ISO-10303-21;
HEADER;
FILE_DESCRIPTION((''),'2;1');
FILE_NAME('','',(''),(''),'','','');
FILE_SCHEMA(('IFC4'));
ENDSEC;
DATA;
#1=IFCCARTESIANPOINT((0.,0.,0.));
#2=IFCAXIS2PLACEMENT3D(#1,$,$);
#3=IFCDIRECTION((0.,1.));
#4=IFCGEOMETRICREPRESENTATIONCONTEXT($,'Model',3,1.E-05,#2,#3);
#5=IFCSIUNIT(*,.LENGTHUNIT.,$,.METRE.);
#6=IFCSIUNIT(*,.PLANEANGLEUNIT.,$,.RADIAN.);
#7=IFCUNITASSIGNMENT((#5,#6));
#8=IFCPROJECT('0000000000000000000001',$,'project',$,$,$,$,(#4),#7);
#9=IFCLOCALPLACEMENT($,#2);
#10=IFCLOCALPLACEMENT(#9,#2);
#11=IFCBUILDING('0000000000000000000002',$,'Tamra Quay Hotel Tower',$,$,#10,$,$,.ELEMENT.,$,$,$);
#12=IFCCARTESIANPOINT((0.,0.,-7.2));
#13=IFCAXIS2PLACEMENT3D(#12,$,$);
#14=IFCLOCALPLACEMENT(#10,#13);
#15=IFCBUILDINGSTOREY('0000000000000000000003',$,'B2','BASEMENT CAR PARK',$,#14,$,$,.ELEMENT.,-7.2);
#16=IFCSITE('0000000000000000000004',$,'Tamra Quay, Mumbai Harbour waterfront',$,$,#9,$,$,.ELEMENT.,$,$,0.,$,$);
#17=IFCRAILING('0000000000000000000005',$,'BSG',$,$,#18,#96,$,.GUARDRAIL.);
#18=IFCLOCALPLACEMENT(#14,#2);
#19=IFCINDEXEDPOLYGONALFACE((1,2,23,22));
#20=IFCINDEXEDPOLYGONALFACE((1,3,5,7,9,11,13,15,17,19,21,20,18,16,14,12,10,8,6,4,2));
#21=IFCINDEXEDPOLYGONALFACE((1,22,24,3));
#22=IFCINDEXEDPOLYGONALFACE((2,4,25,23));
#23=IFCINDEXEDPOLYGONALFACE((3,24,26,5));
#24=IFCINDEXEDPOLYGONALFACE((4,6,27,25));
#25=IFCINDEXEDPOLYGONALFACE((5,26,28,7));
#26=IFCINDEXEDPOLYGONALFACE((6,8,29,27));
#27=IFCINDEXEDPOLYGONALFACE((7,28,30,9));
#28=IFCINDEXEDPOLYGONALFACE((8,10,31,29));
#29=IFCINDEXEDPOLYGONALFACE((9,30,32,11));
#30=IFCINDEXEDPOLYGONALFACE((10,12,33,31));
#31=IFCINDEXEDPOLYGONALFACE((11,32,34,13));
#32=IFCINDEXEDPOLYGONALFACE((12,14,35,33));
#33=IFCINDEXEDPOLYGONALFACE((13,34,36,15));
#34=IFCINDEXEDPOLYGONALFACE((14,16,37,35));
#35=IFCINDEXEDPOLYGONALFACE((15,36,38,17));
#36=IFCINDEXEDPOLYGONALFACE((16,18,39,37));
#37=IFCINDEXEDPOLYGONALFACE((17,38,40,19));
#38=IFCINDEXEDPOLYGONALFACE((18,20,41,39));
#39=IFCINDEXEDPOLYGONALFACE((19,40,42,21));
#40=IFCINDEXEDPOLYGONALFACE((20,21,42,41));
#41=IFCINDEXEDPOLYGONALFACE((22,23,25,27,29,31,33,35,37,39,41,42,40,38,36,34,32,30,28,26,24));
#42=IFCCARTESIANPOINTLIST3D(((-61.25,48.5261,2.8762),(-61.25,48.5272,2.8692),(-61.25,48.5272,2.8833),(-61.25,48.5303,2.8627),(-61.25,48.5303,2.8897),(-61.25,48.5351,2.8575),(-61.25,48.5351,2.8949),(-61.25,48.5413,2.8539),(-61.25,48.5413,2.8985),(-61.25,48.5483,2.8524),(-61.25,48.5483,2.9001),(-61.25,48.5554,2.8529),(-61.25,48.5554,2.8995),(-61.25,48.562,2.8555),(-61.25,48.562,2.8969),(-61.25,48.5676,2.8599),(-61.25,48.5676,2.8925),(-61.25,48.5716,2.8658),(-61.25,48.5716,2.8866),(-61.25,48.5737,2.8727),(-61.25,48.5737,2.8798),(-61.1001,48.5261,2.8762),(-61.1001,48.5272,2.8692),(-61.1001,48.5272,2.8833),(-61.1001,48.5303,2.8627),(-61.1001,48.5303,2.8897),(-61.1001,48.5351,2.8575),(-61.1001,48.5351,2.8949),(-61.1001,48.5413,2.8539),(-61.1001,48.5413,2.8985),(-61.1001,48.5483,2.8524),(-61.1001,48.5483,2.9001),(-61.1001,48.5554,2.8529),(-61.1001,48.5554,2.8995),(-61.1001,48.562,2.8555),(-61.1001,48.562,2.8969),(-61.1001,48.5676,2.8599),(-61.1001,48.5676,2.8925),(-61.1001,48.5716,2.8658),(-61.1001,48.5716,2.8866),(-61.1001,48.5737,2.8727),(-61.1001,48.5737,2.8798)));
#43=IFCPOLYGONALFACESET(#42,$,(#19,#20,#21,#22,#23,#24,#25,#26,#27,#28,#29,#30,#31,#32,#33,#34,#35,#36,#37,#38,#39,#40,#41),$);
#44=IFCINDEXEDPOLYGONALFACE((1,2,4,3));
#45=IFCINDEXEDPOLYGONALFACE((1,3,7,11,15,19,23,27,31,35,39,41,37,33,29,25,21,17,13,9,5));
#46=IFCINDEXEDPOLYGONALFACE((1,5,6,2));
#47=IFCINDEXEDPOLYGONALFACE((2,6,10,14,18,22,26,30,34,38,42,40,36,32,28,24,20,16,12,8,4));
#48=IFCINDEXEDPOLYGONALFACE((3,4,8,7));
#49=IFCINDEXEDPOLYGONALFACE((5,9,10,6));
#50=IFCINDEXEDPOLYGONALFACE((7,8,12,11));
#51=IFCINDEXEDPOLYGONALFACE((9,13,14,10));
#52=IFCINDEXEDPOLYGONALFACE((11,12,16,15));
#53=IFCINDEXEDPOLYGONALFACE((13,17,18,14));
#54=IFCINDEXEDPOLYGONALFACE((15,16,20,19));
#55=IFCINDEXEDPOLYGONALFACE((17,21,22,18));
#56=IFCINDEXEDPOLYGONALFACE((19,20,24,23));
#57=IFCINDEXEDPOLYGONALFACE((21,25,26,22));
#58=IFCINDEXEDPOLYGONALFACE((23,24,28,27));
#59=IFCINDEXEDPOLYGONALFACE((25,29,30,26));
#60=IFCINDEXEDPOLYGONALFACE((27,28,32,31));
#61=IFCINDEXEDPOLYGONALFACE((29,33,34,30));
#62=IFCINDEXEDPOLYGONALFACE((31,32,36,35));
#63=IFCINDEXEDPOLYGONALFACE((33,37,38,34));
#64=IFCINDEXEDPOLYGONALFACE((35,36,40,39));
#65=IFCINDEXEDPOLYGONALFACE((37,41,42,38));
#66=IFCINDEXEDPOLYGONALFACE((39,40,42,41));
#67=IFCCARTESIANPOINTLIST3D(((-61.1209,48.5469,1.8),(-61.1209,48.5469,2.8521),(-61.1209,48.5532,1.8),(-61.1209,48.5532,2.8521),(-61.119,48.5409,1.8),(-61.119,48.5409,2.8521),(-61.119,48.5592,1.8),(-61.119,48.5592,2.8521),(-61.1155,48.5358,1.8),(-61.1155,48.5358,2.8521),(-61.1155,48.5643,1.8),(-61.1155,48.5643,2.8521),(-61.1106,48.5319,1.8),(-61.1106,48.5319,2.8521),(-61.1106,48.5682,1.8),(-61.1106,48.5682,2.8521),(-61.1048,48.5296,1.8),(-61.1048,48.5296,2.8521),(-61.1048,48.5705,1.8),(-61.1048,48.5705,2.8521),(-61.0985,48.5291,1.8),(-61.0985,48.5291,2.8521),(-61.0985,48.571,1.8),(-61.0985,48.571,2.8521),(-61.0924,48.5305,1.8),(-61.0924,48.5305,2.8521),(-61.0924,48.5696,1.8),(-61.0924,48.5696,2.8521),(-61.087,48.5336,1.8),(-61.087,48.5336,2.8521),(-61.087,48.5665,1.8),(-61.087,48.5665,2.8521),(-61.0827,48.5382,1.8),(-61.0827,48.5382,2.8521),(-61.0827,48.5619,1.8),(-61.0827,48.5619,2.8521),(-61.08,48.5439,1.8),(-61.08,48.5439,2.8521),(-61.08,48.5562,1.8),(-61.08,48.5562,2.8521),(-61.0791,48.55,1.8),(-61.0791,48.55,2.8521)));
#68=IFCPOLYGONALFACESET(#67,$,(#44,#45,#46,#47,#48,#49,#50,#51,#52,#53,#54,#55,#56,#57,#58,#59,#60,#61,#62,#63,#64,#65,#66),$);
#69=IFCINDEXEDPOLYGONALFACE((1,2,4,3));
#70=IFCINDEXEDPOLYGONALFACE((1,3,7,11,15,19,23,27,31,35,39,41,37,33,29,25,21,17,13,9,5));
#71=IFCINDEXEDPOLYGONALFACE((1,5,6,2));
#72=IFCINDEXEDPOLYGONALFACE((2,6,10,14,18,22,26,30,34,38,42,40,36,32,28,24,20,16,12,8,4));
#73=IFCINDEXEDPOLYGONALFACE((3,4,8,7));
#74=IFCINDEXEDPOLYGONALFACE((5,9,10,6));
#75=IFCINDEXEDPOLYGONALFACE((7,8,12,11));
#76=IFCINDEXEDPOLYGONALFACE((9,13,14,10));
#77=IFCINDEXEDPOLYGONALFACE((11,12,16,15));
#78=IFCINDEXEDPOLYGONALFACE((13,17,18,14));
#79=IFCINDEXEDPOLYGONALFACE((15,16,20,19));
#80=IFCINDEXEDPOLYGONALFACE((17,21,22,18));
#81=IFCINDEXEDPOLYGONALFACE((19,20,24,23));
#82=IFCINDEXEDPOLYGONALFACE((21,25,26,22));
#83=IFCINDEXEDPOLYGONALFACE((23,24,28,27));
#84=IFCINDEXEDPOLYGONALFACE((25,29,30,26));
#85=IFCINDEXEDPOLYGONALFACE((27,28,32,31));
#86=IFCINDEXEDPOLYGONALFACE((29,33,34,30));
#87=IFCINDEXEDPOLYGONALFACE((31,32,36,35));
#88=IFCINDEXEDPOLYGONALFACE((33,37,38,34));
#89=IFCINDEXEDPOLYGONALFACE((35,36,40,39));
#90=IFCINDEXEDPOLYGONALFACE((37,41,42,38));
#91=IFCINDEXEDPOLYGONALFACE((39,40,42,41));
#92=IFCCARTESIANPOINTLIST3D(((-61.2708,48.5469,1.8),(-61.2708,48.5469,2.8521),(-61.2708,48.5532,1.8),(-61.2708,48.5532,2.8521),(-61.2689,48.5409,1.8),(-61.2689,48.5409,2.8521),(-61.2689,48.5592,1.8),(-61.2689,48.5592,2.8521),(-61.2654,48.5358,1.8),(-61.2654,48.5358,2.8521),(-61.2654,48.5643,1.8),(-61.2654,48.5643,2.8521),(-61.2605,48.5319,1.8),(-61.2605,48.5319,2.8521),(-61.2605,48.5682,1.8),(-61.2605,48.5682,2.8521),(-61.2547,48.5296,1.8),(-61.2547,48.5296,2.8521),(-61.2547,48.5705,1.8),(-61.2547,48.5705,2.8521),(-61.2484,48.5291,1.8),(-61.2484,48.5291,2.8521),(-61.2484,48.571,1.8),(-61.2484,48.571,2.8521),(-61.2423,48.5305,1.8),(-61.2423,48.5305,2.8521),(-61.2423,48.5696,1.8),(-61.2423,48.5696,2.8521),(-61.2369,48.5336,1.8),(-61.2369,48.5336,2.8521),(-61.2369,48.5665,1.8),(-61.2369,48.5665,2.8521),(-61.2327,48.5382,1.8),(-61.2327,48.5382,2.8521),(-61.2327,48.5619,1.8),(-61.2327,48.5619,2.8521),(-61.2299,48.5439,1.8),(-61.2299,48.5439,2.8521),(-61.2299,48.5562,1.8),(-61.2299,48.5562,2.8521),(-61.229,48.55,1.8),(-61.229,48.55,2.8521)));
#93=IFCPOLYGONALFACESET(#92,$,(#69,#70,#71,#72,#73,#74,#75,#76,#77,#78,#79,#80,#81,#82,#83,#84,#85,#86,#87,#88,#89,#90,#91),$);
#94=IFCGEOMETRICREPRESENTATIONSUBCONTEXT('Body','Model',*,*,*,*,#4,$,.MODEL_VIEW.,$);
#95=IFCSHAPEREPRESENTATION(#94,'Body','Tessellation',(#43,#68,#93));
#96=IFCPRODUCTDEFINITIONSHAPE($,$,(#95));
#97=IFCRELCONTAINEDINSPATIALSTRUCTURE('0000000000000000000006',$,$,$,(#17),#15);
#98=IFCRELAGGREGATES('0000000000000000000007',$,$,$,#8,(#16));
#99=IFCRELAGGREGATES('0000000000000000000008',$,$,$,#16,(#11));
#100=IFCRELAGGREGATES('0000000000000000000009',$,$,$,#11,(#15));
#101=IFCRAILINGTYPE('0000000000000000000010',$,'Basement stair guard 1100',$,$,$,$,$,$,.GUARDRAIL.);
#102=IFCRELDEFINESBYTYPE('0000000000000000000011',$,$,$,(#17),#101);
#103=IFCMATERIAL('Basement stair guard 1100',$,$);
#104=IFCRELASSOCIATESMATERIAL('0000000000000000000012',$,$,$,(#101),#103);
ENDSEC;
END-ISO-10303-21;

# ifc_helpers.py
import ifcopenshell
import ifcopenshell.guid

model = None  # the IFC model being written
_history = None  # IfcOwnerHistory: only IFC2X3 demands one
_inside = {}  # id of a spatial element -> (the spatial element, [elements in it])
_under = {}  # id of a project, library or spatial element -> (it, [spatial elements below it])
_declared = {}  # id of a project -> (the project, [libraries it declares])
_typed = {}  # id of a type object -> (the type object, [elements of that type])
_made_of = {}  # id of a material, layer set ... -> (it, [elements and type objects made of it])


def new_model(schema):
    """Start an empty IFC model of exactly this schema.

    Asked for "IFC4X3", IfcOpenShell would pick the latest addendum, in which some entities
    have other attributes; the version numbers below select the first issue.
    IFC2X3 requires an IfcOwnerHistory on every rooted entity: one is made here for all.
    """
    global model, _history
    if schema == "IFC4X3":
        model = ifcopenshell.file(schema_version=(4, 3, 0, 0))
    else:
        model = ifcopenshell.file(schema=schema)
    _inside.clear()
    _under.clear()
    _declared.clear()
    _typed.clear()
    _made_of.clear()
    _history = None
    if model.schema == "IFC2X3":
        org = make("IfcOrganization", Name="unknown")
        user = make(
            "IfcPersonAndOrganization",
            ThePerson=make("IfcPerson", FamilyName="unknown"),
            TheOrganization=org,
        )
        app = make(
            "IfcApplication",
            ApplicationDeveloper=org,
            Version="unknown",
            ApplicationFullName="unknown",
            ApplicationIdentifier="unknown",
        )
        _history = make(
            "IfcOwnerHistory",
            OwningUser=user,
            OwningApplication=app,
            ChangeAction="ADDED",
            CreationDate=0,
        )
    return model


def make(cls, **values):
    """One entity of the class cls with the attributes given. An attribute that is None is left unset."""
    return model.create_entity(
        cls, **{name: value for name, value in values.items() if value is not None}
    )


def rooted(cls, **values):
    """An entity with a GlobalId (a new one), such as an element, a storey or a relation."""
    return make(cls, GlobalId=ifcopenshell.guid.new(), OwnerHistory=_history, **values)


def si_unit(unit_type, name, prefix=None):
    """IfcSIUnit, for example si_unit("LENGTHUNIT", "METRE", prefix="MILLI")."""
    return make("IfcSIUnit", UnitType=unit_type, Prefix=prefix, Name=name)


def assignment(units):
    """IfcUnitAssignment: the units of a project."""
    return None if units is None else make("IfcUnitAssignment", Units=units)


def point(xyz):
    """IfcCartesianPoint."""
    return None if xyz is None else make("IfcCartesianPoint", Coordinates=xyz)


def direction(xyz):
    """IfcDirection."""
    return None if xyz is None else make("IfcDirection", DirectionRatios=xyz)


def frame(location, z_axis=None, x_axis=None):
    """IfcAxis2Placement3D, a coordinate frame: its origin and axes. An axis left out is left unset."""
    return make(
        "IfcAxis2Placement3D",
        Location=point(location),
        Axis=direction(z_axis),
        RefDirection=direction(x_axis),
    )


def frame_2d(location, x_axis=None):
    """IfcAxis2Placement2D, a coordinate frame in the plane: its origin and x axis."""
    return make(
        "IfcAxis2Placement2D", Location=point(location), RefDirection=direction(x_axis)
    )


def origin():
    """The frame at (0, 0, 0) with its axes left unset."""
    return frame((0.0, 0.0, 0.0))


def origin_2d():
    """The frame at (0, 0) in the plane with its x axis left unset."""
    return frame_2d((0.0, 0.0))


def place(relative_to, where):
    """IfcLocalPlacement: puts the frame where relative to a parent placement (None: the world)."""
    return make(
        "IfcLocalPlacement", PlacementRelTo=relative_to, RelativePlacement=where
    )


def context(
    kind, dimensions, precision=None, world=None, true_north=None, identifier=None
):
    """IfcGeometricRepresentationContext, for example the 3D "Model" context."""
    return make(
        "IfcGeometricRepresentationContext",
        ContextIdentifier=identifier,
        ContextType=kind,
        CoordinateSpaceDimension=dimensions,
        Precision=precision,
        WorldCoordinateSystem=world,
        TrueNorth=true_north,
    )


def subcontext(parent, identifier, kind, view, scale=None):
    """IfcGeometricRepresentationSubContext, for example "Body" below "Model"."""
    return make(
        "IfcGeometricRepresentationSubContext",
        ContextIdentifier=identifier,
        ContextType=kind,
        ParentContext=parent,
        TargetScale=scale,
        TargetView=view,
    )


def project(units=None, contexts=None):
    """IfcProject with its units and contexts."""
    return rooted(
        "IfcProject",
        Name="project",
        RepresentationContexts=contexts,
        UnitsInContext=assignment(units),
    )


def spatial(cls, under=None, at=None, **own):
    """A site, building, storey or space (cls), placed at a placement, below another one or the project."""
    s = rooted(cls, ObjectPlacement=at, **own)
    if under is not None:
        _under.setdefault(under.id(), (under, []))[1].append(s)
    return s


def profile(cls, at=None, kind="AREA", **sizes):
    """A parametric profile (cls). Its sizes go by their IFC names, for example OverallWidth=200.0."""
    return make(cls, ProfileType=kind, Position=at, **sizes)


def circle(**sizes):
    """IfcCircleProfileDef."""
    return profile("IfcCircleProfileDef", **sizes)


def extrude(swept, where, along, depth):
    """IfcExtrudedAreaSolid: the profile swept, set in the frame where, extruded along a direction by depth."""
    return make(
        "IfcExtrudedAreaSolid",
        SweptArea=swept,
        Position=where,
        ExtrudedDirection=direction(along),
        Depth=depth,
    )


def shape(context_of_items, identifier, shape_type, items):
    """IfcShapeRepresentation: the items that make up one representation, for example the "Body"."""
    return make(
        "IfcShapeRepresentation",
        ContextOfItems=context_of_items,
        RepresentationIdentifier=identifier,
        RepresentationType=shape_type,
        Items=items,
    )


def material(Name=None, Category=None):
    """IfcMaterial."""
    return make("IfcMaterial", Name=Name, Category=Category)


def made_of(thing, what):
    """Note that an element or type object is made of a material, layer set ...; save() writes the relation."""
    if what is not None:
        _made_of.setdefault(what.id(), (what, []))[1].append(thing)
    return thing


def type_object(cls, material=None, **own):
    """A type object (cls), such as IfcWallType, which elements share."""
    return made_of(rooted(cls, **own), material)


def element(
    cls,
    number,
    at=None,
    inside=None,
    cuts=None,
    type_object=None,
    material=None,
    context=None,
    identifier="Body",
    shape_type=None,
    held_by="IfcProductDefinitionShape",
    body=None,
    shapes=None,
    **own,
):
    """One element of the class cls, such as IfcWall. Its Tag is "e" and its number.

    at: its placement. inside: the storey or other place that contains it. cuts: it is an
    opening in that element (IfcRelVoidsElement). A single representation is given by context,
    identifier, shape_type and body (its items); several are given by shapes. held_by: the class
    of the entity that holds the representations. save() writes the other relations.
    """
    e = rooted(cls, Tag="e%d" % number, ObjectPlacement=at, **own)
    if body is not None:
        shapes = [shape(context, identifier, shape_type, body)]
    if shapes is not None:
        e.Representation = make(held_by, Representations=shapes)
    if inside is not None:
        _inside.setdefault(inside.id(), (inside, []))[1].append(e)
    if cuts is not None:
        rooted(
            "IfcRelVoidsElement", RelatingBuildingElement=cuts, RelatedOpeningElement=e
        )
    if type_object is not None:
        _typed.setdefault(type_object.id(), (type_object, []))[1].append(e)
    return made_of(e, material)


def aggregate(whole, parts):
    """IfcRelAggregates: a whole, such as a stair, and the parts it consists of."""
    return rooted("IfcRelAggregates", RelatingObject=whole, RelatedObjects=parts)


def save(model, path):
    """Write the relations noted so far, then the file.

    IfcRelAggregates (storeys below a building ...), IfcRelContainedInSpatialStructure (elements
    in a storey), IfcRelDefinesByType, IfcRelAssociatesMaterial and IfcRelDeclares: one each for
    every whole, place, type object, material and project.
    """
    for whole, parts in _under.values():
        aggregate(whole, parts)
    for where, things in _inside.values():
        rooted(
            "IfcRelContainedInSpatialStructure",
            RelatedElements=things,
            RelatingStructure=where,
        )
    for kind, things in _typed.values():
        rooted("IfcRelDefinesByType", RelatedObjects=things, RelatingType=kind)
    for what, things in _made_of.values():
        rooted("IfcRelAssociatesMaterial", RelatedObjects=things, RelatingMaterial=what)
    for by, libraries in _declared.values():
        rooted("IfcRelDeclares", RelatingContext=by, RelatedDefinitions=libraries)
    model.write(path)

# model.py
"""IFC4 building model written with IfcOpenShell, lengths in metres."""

from ifc_helpers import new_model, si_unit, direction, frame, origin, origin_2d, place, context, subcontext, project, spatial, circle, extrude, material, type_object, element, save


model = new_model("IFC4")

# Units and contexts
model_context = context("Model", 3, precision=1e-05, world=origin(), true_north=direction((0.0, 1.0)))
body_context = subcontext(model_context, "Body", "Model", "MODEL_VIEW")
ifc_project = project(units=[si_unit("LENGTHUNIT", "METRE"), si_unit("PLANEANGLEUNIT", "RADIAN")], contexts=[model_context])

# Site, building, storey
site_placement = place(None, origin())
site = spatial("IfcSite", under=ifc_project, at=site_placement, Name="Tamra Quay, Mumbai Harbour waterfront", CompositionType="ELEMENT", RefElevation=0.0)
building_placement = place(site_placement, origin())
building = spatial("IfcBuilding", under=site, at=building_placement, Name="Tamra Quay Hotel Tower", CompositionType="ELEMENT")
storey_placement = place(building_placement, frame((0.0, 0.0, -7.2)))
storey = spatial("IfcBuildingStorey", under=building, at=storey_placement, Name="B2", Description="BASEMENT CAR PARK", CompositionType="ELEMENT", Elevation=-7.2)

# Railing
ifc_material_1 = material(Name="Basement stair guard 1100")
railing_type_1 = type_object("IfcRailingType", Name="Basement stair guard 1100", PredefinedType="GUARDRAIL", material=ifc_material_1)
railing_1_placement = place(storey_placement, frame((-61.1001, 48.55, 1.8)))
element("IfcRailing", 1, at=railing_1_placement, inside=storey, type_object=railing_type_1, Name="BSG", PredefinedType="GUARDRAIL", context=body_context, shape_type="SweptSolid", body=[
    extrude(circle(Radius=0.0239, at=origin_2d()), frame((0.0, 0.0, 1.0762), z_axis=(-1.0, 0.0, 0.0), x_axis=(0.0, -1.0, 0.0)), (0.0, 0.0, 1.0), 0.1499),
    extrude(circle(Radius=0.021, at=origin_2d()), origin(), (0.0, 0.0, 1.0), 1.052),
    extrude(circle(Radius=0.021, at=origin_2d()), frame((-0.1499, 0.0, 0.0)), (0.0, 0.0, 1.0), 1.052),
])

save(model, "model.ifc")
